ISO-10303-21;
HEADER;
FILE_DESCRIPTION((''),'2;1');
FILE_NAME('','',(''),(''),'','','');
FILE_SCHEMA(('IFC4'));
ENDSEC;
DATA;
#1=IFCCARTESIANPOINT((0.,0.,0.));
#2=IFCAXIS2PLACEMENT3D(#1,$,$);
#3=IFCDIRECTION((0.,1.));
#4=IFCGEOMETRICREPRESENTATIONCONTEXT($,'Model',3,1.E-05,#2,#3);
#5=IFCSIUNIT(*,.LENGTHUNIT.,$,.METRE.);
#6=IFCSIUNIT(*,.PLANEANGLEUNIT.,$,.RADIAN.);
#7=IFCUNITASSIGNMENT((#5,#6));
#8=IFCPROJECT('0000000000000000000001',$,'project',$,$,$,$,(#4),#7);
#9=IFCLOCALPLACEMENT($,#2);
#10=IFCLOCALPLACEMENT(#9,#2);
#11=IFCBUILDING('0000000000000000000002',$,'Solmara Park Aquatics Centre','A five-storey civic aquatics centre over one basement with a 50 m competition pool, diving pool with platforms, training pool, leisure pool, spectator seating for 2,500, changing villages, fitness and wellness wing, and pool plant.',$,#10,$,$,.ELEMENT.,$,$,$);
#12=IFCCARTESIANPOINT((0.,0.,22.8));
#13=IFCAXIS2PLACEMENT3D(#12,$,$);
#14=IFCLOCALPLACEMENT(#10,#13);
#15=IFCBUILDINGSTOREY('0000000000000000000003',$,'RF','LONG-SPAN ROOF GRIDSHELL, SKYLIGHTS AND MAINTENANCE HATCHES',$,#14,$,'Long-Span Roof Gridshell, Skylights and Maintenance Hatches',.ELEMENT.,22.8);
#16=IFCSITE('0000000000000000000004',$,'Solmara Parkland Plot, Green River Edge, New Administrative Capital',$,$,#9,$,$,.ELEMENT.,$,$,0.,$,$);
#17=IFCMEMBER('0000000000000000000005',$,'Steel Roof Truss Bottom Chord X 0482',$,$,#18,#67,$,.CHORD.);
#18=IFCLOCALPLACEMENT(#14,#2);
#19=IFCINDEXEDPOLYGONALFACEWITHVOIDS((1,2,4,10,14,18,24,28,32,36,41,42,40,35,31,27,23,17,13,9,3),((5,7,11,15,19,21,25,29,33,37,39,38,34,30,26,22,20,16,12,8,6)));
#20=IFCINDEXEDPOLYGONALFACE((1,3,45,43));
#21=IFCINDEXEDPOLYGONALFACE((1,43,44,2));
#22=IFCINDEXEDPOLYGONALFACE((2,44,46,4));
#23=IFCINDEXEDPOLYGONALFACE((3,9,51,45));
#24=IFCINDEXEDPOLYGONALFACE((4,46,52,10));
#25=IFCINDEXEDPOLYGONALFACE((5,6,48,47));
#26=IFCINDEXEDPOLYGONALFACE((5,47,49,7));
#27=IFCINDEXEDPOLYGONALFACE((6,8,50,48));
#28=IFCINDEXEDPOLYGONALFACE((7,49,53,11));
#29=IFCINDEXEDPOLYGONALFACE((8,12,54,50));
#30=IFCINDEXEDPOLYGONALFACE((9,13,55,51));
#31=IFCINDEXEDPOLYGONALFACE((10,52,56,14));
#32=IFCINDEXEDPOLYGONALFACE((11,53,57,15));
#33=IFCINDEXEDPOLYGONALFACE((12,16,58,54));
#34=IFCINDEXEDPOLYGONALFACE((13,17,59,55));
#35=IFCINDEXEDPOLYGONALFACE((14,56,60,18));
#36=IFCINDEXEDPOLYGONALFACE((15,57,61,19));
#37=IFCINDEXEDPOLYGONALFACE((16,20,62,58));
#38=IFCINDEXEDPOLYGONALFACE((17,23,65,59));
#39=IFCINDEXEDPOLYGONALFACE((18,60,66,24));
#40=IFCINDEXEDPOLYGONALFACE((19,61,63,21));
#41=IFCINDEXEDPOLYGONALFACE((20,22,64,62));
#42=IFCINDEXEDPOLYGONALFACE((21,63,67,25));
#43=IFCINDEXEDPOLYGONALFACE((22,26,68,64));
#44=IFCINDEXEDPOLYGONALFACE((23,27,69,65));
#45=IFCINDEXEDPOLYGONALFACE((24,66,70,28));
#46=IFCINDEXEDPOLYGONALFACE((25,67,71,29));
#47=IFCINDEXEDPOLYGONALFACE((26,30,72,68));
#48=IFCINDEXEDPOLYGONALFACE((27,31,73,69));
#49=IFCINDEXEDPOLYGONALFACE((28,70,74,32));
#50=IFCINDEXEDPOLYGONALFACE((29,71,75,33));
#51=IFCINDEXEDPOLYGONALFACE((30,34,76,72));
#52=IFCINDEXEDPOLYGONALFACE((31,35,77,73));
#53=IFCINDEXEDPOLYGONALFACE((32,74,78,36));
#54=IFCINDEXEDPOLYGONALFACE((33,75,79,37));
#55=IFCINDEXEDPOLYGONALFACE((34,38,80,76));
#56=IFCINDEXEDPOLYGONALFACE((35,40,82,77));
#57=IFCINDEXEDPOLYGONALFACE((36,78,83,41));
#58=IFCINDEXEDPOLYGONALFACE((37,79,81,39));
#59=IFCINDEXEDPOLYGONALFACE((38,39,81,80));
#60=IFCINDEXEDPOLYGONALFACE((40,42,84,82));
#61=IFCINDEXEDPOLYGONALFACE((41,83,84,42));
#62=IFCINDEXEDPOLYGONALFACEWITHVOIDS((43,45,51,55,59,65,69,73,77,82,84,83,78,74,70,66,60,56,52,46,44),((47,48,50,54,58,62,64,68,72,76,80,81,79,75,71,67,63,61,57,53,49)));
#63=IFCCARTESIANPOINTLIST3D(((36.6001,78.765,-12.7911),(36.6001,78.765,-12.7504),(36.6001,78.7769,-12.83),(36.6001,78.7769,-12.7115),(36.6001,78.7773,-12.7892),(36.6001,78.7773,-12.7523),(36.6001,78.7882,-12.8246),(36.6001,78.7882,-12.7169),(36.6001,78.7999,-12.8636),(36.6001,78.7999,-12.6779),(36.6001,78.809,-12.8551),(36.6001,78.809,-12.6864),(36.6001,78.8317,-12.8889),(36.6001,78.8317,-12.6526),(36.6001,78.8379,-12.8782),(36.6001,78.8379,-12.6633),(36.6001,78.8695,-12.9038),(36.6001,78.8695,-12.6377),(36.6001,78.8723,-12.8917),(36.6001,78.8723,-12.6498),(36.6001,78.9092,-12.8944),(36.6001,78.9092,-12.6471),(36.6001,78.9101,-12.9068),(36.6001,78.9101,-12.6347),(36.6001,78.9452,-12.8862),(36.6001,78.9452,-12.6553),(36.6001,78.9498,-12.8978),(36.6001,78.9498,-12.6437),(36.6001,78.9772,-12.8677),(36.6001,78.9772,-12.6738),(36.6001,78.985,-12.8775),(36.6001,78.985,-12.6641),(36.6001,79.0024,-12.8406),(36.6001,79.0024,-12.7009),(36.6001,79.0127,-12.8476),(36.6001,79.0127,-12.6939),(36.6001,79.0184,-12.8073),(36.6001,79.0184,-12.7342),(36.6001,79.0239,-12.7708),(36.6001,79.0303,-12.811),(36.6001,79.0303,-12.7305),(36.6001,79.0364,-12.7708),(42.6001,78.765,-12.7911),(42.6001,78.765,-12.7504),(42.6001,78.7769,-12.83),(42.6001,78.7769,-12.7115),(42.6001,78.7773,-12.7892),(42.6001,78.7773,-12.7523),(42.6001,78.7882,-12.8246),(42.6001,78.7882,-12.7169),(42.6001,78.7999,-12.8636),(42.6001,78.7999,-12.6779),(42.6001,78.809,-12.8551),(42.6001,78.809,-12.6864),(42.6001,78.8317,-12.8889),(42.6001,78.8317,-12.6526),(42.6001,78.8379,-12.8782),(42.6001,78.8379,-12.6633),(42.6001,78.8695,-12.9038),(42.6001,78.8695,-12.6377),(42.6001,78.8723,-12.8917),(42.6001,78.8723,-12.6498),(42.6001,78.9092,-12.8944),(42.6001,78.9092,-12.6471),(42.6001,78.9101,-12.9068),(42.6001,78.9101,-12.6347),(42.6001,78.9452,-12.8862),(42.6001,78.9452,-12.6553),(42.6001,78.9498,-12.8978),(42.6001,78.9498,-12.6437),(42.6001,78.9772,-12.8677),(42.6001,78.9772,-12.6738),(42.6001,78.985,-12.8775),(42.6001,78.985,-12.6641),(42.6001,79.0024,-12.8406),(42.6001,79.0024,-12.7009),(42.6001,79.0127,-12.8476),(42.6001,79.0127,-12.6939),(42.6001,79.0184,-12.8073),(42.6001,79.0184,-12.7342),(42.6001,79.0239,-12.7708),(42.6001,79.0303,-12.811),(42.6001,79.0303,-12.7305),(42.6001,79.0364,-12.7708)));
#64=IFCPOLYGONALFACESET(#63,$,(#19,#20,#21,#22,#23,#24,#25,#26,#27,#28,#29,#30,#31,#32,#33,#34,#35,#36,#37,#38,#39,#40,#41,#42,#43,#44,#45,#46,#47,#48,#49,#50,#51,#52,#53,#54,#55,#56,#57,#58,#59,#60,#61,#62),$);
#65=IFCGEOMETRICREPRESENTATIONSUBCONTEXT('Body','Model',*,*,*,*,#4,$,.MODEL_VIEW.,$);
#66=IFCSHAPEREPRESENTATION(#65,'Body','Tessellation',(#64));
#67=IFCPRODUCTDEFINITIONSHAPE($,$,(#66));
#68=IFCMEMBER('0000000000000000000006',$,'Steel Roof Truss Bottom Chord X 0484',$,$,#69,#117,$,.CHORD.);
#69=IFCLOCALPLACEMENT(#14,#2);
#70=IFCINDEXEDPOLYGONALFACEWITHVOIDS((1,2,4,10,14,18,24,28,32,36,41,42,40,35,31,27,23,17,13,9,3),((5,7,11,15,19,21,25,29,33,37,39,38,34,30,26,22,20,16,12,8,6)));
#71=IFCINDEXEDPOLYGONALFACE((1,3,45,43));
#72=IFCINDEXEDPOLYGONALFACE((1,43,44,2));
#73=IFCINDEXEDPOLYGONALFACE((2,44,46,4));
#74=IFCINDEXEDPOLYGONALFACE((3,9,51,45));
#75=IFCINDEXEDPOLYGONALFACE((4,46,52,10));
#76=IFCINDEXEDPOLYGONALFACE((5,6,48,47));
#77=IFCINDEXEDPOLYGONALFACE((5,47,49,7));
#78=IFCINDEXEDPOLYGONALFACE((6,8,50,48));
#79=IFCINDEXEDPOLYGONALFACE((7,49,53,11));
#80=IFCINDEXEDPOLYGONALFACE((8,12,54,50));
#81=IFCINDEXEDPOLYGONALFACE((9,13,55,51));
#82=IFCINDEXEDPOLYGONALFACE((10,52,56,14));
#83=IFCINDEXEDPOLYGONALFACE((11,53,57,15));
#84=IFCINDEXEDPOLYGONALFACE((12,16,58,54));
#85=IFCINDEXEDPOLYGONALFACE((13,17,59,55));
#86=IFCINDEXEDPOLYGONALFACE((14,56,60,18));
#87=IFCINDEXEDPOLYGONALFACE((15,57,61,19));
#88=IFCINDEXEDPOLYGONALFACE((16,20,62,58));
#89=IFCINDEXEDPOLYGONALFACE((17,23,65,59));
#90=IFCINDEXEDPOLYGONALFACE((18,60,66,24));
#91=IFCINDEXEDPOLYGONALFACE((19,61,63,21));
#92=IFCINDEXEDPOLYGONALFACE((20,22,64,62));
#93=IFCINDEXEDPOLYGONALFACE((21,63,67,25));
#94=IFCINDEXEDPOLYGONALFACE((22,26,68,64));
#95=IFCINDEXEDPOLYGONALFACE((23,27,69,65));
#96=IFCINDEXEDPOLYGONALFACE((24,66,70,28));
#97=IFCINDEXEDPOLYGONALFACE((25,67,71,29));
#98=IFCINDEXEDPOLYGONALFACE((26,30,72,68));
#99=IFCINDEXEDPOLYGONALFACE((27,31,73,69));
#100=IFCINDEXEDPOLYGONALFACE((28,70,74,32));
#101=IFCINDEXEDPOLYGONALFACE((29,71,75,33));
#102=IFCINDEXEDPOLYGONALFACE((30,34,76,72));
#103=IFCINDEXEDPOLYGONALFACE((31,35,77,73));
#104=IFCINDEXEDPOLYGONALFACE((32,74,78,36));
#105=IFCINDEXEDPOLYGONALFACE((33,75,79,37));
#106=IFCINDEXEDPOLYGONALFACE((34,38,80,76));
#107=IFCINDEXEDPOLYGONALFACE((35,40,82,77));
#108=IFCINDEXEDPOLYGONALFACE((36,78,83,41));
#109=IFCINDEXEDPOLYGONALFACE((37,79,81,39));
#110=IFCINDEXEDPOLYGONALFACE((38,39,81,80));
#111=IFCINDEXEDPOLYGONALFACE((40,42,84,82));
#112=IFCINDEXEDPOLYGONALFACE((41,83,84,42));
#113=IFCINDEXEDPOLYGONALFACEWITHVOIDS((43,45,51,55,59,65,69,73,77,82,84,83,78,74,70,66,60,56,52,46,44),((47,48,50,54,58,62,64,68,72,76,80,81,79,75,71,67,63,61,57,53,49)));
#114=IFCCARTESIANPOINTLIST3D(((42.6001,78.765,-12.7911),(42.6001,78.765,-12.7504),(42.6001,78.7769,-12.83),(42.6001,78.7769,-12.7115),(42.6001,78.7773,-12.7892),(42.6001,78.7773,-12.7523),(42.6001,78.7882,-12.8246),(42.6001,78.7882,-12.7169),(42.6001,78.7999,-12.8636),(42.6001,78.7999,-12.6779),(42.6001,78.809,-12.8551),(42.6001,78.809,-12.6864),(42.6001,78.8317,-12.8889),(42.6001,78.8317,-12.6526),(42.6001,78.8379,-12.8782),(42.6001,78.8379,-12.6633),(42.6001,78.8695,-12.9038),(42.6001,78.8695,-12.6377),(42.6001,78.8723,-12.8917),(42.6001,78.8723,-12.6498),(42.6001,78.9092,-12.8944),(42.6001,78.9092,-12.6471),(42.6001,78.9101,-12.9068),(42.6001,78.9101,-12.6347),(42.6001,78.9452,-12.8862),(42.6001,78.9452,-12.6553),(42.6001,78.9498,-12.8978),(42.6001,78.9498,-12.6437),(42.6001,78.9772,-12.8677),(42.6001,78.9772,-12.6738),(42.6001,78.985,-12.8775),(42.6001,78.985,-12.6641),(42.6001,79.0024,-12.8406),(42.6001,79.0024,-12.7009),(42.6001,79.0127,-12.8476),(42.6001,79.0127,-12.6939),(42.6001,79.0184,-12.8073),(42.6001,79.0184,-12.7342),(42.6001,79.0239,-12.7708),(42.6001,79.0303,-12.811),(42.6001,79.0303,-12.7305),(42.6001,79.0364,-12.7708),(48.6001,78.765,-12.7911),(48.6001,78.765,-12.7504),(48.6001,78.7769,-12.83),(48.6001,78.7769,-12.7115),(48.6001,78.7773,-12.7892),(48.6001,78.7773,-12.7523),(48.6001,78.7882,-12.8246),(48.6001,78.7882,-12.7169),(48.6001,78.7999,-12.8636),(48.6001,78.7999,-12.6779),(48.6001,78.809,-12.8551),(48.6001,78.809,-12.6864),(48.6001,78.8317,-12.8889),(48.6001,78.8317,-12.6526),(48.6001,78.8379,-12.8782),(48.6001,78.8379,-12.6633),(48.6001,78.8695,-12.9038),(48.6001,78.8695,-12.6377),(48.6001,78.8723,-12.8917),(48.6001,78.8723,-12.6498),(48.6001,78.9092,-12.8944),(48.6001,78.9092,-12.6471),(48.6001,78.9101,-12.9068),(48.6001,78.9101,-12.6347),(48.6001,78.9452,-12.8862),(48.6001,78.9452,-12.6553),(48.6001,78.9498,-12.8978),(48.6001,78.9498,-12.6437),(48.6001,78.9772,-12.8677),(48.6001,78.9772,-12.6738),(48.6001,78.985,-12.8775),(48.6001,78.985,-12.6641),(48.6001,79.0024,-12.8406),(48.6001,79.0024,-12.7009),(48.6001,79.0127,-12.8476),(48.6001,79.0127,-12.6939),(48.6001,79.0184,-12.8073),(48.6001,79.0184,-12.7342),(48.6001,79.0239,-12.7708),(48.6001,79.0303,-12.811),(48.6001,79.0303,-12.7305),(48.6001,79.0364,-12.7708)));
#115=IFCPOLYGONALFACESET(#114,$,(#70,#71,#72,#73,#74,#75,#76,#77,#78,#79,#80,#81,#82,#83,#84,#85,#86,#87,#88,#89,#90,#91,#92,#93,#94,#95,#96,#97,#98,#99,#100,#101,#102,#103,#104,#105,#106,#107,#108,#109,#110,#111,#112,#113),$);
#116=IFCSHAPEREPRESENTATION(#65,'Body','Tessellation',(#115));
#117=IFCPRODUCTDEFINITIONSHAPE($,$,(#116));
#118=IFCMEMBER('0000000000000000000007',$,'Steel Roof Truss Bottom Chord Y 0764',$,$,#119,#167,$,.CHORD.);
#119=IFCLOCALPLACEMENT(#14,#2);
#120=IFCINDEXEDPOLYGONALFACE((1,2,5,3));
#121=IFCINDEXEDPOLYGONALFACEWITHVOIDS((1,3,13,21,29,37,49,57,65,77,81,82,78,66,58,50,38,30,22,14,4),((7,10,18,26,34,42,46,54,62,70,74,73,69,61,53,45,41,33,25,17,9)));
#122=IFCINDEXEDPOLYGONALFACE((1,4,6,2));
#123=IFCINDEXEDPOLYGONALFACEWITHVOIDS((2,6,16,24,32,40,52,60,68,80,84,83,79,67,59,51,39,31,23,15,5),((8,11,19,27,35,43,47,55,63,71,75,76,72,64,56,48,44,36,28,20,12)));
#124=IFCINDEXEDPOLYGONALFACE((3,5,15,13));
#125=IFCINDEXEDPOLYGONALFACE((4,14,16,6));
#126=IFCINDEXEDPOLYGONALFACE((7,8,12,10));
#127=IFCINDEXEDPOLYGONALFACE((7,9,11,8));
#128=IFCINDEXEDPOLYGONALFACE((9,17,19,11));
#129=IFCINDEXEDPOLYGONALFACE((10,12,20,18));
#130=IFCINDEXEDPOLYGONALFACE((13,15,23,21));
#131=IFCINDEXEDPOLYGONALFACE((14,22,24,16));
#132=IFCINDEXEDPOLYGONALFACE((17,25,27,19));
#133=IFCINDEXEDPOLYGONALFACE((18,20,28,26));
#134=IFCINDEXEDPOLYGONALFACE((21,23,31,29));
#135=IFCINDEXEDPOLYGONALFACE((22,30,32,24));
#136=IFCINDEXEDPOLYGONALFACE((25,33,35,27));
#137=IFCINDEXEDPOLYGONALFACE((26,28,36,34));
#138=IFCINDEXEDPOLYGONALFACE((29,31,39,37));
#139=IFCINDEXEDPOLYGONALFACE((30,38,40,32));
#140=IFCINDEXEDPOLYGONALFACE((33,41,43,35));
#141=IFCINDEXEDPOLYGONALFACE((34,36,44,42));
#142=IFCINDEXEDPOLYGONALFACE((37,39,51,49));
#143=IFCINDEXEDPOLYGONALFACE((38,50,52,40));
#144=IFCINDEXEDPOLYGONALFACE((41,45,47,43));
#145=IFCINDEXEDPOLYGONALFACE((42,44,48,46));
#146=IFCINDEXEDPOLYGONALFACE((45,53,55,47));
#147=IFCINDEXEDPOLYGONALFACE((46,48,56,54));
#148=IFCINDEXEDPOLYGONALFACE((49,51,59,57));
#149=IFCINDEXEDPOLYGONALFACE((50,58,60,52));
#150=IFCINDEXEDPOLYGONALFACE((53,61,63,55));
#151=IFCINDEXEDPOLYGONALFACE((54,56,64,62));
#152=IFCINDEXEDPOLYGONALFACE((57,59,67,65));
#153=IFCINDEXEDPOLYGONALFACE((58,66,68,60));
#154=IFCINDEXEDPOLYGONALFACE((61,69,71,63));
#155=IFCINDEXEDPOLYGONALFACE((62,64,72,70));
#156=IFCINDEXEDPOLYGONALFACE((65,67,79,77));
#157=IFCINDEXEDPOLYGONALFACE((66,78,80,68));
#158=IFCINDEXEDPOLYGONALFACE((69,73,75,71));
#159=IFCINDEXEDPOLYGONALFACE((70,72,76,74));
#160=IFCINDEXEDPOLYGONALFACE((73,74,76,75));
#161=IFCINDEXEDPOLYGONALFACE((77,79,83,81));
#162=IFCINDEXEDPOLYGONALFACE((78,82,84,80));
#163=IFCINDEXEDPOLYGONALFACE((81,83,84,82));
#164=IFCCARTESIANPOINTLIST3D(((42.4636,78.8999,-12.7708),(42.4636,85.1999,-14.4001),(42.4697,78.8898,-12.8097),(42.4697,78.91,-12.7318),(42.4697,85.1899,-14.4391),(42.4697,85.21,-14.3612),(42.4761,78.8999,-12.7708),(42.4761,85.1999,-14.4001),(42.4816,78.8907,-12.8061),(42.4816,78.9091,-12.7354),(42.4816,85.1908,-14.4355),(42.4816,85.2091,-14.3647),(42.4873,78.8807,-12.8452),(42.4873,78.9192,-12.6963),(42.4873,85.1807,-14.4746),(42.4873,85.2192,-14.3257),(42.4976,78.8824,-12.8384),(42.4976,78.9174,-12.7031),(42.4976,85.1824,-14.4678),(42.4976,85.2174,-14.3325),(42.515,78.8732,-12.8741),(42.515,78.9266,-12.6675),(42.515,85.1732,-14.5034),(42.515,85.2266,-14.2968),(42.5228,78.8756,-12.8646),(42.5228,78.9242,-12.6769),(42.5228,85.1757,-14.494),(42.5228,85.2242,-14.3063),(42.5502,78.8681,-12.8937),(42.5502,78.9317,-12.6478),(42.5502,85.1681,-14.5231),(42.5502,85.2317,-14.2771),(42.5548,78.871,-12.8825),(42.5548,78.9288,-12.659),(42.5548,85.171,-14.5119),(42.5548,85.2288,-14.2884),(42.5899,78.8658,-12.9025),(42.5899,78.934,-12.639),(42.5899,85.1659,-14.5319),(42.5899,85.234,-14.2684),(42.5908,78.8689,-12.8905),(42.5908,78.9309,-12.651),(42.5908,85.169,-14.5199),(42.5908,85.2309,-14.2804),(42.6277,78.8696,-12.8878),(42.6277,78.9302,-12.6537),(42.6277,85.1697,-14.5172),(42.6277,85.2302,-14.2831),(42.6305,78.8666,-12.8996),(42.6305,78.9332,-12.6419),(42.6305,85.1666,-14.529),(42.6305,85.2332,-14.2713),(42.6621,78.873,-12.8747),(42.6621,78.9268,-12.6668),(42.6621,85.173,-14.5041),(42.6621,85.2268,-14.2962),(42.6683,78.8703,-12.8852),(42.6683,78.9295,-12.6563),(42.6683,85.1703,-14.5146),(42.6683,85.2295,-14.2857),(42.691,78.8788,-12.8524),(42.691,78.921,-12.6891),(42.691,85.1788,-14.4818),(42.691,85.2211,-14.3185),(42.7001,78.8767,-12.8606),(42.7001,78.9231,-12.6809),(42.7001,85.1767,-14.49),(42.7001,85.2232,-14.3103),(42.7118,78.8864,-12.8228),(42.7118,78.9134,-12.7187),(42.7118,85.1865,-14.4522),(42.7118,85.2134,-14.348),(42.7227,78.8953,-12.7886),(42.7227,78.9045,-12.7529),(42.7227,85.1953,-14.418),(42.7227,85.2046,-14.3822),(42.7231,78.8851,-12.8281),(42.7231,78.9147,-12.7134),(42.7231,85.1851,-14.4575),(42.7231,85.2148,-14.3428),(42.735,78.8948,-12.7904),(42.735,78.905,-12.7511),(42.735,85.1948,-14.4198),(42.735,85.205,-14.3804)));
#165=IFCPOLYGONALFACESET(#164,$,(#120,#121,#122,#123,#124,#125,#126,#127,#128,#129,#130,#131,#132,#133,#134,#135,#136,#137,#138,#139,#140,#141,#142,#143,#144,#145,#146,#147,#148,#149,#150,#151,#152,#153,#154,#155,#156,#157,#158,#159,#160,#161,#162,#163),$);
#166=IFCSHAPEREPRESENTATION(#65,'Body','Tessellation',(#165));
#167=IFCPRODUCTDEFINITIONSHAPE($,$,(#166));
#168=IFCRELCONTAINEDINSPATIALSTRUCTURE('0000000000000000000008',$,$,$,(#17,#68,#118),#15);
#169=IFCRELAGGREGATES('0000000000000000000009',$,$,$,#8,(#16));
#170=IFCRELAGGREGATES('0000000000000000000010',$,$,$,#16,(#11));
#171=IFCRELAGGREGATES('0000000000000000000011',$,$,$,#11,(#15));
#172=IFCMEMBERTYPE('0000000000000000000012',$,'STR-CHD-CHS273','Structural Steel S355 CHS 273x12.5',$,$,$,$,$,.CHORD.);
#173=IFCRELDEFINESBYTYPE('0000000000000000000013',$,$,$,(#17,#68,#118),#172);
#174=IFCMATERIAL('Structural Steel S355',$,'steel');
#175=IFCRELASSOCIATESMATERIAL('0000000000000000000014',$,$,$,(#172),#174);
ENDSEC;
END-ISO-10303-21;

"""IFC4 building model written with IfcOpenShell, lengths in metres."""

from ifc_helpers import new_model, si_unit, direction, frame, origin, origin_2d, place, context, subcontext, project, spatial, hollow_circle, extrude, material, material_profile, profile_set, type_object, element, save


model = new_model("IFC4")

# Units and contexts
model_context = context("Model", 3, precision=1e-05, world=origin(), true_north=direction((0.0, 1.0)))
body_context = subcontext(model_context, "Body", "Model", "MODEL_VIEW")
ifc_project = project(units=[si_unit("LENGTHUNIT", "METRE"), si_unit("PLANEANGLEUNIT", "RADIAN")], contexts=[model_context])

# Site, building, storey
site_placement = place(None, origin())
site = spatial("IfcSite", under=ifc_project, at=site_placement, Name="Solmara Parkland Plot, Green River Edge, New Administrative Capital", CompositionType="ELEMENT", RefElevation=0.0)
building_placement = place(site_placement, origin())
building = spatial("IfcBuilding", under=site, at=building_placement, Name="Solmara Park Aquatics Centre", Description="A five-storey civic aquatics centre over one basement with a 50 m competition pool, diving pool with platforms, training pool, leisure pool, spectator seating for 2,500, changing villages, fitness and wellness wing, and pool plant.", CompositionType="ELEMENT")
storey_placement = place(building_placement, frame((0.0, 0.0, 22.8)))
storey = spatial("IfcBuildingStorey", under=building, at=storey_placement, Name="RF", Description="LONG-SPAN ROOF GRIDSHELL, SKYLIGHTS AND MAINTENANCE HATCHES", LongName="Long-Span Roof Gridshell, Skylights and Maintenance Hatches", CompositionType="ELEMENT", Elevation=22.8)

# Members
ifc_material_1 = material(Name="Structural Steel S355", Category="steel")
ifc_material_profile_1 = material_profile(ifc_material_1, hollow_circle(Radius=0.1365, WallThickness=0.0125, at=origin_2d()), Name="CHS 273x12.5")
ifc_profile_set_1 = profile_set([ifc_material_profile_1], Name="Structural Steel S355")
member_type_1 = type_object("IfcMemberType", Name="STR-CHD-CHS273", Description="Structural Steel S355 CHS 273x12.5", PredefinedType="CHORD", material=ifc_profile_set_1)
for number, where, z_axis, x_axis, name in (
    (1, (36.6001, 78.8999, -12.7708), (1.0, 0.0, 0.0), (0.0, 1.0, 0.0), "Steel Roof Truss Bottom Chord X 0482"),
    (2, (42.6001, 78.8999, -12.7708), (1.0, 0.0, 0.0), (0.0, 1.0, 0.0), "Steel Roof Truss Bottom Chord X 0484"),
):
    element("IfcMember", number, at=place(storey_placement, frame(where, z_axis=z_axis, x_axis=x_axis)), inside=storey, type_object=member_type_1, Name=name, PredefinedType="CHORD", context=body_context, shape_type="SweptSolid", body=[
        extrude(hollow_circle(Radius=0.1365, WallThickness=0.0125, at=origin_2d()), origin(), (0.0, 0.0, 1.0), 6.0),
    ])
member_1_placement = place(storey_placement, frame((42.6001, 78.8999, -12.7708), z_axis=(0.0, 0.968144, -0.250393), x_axis=(-1.0, 0.0, 0.0)))
element("IfcMember", 3, at=member_1_placement, inside=storey, type_object=member_type_1, Name="Steel Roof Truss Bottom Chord Y 0764", PredefinedType="CHORD", context=body_context, shape_type="SweptSolid", body=[
    extrude(hollow_circle(Radius=0.1365, WallThickness=0.0125, at=origin_2d()), origin(), (0.0, 0.0, 1.0), 6.5073),
])

save(model, "model.ifc")
